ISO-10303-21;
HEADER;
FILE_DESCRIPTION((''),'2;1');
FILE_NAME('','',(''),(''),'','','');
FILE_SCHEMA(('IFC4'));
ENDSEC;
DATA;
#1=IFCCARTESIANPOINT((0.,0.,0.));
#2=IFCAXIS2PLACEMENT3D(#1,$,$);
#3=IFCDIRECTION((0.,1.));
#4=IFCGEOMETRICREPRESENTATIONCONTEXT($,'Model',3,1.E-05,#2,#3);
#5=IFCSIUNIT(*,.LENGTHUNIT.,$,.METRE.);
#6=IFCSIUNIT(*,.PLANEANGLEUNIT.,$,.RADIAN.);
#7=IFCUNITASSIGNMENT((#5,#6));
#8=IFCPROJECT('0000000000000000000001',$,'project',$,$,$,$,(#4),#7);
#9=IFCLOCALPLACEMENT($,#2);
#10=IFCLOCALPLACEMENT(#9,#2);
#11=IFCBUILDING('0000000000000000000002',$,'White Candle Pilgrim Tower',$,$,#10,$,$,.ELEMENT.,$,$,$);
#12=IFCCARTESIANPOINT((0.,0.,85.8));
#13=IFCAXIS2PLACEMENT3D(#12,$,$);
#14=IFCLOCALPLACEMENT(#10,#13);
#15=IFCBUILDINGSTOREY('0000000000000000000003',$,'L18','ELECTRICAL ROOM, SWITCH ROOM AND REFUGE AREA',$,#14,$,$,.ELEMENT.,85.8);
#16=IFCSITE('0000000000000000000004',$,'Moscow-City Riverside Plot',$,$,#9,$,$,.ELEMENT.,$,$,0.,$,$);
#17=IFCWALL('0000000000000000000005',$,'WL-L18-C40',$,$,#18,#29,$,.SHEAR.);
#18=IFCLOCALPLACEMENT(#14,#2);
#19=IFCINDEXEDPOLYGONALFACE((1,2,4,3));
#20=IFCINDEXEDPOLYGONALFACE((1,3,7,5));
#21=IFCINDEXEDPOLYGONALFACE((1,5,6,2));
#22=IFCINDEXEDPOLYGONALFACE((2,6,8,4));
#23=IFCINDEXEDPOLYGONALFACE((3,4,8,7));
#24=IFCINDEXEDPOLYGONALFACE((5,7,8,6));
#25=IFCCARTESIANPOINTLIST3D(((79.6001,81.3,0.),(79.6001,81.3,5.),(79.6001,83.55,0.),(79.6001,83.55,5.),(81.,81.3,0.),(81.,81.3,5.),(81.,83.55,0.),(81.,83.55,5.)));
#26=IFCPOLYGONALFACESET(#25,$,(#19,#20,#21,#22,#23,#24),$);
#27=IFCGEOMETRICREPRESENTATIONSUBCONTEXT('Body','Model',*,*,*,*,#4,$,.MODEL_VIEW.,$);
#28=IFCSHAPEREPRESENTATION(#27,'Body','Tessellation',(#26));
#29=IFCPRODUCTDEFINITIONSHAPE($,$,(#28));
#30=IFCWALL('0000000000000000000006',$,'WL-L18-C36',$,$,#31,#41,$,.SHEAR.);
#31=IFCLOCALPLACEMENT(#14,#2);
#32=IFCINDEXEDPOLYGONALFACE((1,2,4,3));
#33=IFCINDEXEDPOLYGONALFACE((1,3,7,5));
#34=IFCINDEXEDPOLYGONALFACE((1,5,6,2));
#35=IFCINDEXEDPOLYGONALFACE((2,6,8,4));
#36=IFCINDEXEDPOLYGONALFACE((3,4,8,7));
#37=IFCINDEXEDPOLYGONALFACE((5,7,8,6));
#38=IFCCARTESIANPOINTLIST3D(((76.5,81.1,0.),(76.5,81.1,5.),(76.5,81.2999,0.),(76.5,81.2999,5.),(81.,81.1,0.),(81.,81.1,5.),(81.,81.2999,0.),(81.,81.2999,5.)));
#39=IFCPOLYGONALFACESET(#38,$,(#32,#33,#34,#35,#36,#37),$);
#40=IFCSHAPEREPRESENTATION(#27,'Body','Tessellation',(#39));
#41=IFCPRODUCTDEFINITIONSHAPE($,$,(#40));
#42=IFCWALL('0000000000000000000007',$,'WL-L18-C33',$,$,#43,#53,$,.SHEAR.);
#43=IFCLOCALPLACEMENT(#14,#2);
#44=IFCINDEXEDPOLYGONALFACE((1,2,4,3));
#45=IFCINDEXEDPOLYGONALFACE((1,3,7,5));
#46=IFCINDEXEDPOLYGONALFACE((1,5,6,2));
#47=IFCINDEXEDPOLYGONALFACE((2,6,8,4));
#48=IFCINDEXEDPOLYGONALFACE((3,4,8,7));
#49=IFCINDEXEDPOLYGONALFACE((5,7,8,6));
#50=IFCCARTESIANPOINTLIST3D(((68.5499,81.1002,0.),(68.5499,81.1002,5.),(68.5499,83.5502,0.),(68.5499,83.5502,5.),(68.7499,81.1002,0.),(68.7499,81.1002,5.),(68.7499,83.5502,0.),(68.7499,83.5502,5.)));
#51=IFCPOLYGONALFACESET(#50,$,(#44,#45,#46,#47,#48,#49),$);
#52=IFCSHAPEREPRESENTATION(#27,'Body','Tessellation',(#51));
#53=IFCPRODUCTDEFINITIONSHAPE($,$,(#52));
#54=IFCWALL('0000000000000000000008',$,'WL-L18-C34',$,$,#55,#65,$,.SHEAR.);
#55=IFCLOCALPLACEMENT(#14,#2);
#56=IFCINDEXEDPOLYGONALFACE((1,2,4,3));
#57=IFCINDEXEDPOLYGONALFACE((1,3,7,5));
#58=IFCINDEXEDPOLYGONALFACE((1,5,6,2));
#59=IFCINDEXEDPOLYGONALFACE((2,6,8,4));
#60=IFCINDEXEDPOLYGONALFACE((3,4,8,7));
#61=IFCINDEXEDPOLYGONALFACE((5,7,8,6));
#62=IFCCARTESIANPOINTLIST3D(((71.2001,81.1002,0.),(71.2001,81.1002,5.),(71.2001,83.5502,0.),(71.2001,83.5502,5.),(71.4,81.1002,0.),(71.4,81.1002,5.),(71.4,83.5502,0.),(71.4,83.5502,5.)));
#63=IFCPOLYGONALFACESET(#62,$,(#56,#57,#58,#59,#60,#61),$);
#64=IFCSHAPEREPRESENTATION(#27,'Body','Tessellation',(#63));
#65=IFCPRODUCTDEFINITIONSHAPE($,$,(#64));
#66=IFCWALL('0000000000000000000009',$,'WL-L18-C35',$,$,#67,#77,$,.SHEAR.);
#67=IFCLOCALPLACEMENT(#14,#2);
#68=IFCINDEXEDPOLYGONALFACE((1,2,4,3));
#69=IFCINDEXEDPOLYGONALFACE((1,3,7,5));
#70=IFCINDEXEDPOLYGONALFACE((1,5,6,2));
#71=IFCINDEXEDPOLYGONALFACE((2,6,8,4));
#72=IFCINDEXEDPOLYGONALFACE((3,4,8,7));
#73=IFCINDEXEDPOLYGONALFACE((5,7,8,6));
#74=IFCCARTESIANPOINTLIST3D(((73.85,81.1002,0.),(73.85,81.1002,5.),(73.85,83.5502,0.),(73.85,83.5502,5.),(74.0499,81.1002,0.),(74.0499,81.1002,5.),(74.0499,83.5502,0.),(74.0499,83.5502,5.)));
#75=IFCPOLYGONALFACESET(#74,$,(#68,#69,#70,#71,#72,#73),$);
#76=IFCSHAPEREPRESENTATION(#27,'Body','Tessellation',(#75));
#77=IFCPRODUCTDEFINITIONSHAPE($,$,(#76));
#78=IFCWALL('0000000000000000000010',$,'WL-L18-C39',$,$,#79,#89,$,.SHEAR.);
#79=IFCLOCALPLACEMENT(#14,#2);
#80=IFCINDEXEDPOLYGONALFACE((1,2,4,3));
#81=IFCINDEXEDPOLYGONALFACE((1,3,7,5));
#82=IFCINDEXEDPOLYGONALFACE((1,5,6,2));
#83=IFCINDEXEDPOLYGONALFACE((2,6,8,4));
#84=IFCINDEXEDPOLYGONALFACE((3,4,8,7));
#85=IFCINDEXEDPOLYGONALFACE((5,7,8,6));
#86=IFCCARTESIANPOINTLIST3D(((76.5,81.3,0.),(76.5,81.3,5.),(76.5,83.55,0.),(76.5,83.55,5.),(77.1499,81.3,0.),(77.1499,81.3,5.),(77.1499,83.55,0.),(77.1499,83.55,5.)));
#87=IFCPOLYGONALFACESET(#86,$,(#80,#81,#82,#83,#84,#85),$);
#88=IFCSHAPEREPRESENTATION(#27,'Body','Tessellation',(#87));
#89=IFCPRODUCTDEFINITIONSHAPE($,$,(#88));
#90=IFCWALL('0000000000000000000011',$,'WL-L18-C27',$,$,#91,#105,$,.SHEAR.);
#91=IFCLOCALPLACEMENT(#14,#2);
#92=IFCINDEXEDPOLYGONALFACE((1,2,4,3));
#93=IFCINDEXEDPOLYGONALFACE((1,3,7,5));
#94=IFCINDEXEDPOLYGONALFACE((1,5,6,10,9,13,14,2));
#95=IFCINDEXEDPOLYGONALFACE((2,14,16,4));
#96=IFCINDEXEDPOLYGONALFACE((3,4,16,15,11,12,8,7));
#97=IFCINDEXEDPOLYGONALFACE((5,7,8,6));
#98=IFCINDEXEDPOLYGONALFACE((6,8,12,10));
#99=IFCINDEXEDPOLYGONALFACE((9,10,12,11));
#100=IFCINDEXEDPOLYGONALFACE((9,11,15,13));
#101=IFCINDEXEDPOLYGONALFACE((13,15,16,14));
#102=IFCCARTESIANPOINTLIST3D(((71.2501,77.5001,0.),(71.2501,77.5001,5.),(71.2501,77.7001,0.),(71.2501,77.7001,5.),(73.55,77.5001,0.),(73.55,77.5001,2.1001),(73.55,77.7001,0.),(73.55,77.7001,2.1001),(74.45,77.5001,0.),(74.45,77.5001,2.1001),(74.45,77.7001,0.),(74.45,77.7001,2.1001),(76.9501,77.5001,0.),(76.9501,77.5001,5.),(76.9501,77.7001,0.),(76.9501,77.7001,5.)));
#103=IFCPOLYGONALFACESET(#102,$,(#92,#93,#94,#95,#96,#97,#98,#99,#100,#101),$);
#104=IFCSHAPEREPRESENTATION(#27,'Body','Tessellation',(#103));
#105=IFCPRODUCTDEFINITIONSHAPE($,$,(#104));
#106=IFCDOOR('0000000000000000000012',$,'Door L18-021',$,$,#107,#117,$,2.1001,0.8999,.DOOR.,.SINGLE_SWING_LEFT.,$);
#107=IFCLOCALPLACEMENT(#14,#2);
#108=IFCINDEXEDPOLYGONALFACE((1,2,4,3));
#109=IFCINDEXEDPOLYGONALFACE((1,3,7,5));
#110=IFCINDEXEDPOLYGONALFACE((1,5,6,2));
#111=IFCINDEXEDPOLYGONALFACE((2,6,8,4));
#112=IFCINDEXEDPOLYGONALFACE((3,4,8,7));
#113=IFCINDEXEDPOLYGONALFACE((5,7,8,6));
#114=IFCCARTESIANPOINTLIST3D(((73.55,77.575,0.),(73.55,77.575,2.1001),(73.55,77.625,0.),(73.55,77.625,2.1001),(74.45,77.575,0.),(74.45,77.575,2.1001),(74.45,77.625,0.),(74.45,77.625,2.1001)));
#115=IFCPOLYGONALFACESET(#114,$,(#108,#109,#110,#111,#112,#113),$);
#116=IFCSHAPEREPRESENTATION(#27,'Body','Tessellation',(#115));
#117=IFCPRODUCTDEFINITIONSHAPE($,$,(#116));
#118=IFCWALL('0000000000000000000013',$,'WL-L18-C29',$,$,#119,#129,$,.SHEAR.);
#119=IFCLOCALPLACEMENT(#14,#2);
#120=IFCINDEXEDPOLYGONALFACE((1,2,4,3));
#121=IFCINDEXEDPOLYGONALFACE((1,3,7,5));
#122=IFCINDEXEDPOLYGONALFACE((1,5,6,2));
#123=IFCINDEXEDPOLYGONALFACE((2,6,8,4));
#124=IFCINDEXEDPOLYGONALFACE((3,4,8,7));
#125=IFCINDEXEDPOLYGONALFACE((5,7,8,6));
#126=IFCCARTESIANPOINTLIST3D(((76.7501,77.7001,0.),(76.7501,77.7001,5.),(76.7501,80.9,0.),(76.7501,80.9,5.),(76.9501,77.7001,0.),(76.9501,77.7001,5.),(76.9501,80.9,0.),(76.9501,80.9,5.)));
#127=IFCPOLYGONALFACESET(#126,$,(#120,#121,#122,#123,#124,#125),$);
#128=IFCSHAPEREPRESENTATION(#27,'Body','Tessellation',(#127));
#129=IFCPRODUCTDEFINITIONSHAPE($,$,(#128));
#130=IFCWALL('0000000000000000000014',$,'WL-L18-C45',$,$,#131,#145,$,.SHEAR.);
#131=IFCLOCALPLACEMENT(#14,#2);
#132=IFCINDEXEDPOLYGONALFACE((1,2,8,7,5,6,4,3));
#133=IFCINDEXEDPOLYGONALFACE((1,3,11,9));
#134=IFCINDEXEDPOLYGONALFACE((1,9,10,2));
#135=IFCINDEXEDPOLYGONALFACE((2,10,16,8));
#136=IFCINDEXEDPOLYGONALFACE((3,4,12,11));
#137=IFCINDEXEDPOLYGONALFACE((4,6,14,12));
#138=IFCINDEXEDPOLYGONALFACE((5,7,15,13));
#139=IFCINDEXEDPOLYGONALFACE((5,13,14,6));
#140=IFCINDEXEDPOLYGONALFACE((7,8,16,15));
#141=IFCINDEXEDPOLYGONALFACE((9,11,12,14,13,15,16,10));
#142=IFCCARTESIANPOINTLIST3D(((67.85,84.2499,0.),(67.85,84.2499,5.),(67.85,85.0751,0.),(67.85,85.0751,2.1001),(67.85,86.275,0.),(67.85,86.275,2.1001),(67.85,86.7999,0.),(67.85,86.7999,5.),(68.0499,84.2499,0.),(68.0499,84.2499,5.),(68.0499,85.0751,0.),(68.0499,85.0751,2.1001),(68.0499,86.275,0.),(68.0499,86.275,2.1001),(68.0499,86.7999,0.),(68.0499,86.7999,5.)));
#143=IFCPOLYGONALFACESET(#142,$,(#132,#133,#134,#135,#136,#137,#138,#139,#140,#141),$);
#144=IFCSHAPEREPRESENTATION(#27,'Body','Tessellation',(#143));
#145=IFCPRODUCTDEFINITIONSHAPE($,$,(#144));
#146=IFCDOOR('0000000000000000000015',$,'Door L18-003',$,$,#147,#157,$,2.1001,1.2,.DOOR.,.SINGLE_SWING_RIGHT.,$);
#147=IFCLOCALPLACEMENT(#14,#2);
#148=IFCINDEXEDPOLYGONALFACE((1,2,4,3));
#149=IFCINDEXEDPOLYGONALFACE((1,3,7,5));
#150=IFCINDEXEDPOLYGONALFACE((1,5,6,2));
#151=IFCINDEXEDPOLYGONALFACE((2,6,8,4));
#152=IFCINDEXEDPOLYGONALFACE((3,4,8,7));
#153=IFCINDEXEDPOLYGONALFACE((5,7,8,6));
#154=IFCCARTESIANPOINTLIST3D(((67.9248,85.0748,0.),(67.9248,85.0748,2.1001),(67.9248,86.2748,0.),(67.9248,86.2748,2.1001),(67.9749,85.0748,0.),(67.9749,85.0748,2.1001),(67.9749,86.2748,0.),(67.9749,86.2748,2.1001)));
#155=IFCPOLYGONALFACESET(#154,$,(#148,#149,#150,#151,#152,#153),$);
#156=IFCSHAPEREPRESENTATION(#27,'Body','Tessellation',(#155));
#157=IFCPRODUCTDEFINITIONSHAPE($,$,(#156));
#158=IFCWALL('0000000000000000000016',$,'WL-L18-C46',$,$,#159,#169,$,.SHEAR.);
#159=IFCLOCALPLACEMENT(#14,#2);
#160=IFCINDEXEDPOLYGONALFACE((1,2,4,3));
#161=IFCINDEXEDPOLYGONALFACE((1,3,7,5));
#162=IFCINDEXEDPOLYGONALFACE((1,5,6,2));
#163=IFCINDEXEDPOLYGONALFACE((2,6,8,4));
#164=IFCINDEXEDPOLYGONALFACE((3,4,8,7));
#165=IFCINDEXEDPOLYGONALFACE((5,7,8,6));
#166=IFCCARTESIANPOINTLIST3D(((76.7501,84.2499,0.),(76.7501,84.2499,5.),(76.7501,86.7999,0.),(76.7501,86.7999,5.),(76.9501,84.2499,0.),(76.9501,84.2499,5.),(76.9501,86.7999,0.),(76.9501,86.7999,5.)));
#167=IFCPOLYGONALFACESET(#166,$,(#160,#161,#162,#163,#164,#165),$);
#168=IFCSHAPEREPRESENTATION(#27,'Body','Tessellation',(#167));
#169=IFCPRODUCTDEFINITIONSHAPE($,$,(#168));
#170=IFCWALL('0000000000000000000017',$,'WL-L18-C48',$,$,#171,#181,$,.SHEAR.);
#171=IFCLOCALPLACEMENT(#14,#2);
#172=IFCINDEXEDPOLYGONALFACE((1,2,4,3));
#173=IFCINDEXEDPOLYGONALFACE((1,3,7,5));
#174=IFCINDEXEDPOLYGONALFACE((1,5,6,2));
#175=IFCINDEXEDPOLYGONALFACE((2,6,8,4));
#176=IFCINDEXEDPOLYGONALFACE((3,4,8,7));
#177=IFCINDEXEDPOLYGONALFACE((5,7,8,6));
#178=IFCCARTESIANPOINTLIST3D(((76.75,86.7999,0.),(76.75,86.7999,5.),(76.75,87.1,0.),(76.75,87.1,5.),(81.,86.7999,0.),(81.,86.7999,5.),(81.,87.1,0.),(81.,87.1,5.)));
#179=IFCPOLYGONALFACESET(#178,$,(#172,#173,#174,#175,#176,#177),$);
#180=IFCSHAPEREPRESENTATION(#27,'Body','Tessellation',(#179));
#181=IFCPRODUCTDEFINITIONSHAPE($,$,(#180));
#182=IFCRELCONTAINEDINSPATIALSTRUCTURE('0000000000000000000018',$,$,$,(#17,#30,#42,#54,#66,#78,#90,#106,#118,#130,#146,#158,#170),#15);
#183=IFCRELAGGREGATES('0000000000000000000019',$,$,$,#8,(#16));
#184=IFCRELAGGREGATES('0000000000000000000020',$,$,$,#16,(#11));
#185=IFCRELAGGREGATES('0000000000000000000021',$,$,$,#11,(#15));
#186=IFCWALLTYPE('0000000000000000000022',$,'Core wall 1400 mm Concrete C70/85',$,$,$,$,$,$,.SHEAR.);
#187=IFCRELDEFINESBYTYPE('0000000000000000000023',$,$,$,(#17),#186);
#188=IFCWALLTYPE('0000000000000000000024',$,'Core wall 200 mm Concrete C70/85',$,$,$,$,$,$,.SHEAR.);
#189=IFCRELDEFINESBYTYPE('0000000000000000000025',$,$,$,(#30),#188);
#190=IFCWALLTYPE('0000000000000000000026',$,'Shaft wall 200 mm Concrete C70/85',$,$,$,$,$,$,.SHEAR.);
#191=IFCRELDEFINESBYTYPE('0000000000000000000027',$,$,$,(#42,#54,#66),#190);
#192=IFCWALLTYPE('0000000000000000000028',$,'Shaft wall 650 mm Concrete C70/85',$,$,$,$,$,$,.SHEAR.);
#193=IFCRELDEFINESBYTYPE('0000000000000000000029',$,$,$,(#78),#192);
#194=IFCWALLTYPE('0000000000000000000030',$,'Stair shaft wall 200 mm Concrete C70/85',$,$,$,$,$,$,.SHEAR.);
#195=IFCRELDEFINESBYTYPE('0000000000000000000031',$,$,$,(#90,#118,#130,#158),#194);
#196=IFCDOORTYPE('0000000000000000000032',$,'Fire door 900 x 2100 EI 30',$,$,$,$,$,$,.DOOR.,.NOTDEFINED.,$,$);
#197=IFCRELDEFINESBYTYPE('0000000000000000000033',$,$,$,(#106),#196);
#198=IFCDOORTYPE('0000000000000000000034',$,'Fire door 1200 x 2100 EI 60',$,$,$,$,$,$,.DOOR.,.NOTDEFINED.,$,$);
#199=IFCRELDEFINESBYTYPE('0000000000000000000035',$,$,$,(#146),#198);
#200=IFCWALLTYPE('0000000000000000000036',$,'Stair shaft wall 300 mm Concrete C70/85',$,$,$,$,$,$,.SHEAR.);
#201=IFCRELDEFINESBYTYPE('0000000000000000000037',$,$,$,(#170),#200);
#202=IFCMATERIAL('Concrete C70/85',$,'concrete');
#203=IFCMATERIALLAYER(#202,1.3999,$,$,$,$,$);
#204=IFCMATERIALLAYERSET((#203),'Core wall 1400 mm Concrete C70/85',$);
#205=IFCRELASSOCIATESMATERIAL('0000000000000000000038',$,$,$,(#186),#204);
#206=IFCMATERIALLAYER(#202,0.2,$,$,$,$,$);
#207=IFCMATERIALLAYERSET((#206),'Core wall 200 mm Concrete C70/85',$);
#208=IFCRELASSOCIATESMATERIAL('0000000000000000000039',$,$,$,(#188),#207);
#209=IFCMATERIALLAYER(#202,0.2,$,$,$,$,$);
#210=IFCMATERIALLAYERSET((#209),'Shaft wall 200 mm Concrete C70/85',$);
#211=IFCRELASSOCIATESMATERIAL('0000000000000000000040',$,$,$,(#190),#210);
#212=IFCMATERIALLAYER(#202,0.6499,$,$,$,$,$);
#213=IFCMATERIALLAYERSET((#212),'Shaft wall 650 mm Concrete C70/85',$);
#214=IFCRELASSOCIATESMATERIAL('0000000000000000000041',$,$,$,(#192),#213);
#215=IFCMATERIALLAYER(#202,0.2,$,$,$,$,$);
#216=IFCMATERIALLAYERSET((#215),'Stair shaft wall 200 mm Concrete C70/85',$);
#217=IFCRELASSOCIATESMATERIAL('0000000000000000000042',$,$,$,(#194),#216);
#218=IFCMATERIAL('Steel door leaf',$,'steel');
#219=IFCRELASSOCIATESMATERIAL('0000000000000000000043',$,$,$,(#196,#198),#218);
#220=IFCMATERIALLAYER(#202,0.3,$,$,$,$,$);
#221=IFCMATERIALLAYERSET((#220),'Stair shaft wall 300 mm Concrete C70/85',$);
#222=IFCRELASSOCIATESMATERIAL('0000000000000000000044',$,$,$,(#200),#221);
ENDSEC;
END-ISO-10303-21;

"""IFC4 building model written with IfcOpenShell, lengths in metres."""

from ifc_helpers import new_model, si_unit, direction, frame, frame_2d, origin, place, context, subcontext, project, spatial, rectangle, extrude, material, layer, layer_set, type_object, element, fill, save


model = new_model("IFC4")

# Units and contexts
model_context = context("Model", 3, precision=1e-05, world=origin(), true_north=direction((0.0, 1.0)))
body_context = subcontext(model_context, "Body", "Model", "MODEL_VIEW")
ifc_project = project(units=[si_unit("LENGTHUNIT", "METRE"), si_unit("PLANEANGLEUNIT", "RADIAN")], contexts=[model_context])

# Site, building, storey
site_placement = place(None, origin())
site = spatial("IfcSite", under=ifc_project, at=site_placement, Name="Moscow-City Riverside Plot", CompositionType="ELEMENT", RefElevation=0.0)
building_placement = place(site_placement, origin())
building = spatial("IfcBuilding", under=site, at=building_placement, Name="White Candle Pilgrim Tower", CompositionType="ELEMENT")
storey_placement = place(building_placement, frame((0.0, 0.0, 85.8)))
storey = spatial("IfcBuildingStorey", under=building, at=storey_placement, Name="L18", Description="ELECTRICAL ROOM, SWITCH ROOM AND REFUGE AREA", CompositionType="ELEMENT", Elevation=85.8)

# Walls
ifc_material_1 = material(Name="Concrete C70/85", Category="concrete")
ifc_layer_1 = layer(ifc_material_1, 1.3999)
ifc_layer_set_1 = layer_set([ifc_layer_1], Name="Core wall 1400 mm Concrete C70/85")
wall_type_1 = type_object("IfcWallType", Name="Core wall 1400 mm Concrete C70/85", PredefinedType="SHEAR", material=ifc_layer_set_1)
wall_1_placement = place(storey_placement, frame((80.3, 81.3, 0.0), z_axis=(0.0, 0.0, 1.0), x_axis=(0.0, 1.0, 0.0)))
element("IfcWall", 1, at=wall_1_placement, inside=storey, type_object=wall_type_1, Name="WL-L18-C40", PredefinedType="SHEAR", context=body_context, shape_type="SweptSolid", body=[
    extrude(rectangle(XDim=2.25, YDim=1.3999, at=frame_2d((1.125, 0.0))), origin(), (0.0, 0.0, 1.0), 5.0),
])
ifc_layer_2 = layer(ifc_material_1, 0.2)
ifc_layer_set_2 = layer_set([ifc_layer_2], Name="Core wall 200 mm Concrete C70/85")
wall_type_2 = type_object("IfcWallType", Name="Core wall 200 mm Concrete C70/85", PredefinedType="SHEAR", material=ifc_layer_set_2)
wall_2_placement = place(storey_placement, frame((76.5, 81.2, 0.0), z_axis=(0.0, 0.0, 1.0), x_axis=(1.0, 0.0, 0.0)))
element("IfcWall", 2, at=wall_2_placement, inside=storey, type_object=wall_type_2, Name="WL-L18-C36", PredefinedType="SHEAR", context=body_context, shape_type="SweptSolid", body=[
    extrude(rectangle(XDim=4.5, YDim=0.2, at=frame_2d((2.25, 0.0))), origin(), (0.0, 0.0, 1.0), 5.0),
])
ifc_layer_3 = layer(ifc_material_1, 0.2)
ifc_layer_set_3 = layer_set([ifc_layer_3], Name="Shaft wall 200 mm Concrete C70/85")
wall_type_3 = type_object("IfcWallType", Name="Shaft wall 200 mm Concrete C70/85", PredefinedType="SHEAR", material=ifc_layer_set_3)
for number, where, z_axis, x_axis, name in (
    (3, (68.6499, 81.1001, 0.0), (0.0, 0.0, 1.0), (0.0, 1.0, 0.0), "WL-L18-C33"),
    (4, (71.3, 81.1001, 0.0), (0.0, 0.0, 1.0), (0.0, 1.0, 0.0), "WL-L18-C34"),
    (5, (73.95, 81.1001, 0.0), (0.0, 0.0, 1.0), (0.0, 1.0, 0.0), "WL-L18-C35"),
):
    element("IfcWall", number, at=place(storey_placement, frame(where, z_axis=z_axis, x_axis=x_axis)), inside=storey, type_object=wall_type_3, Name=name, PredefinedType="SHEAR", context=body_context, shape_type="SweptSolid", body=[
        extrude(rectangle(XDim=2.45, YDim=0.2, at=frame_2d((1.2251, 0.0))), origin(), (0.0, 0.0, 1.0), 5.0),
    ])
ifc_layer_4 = layer(ifc_material_1, 0.6499)
ifc_layer_set_4 = layer_set([ifc_layer_4], Name="Shaft wall 650 mm Concrete C70/85")
wall_type_4 = type_object("IfcWallType", Name="Shaft wall 650 mm Concrete C70/85", PredefinedType="SHEAR", material=ifc_layer_set_4)
wall_3_placement = place(storey_placement, frame((76.825, 81.3, 0.0), z_axis=(0.0, 0.0, 1.0), x_axis=(0.0, 1.0, 0.0)))
element("IfcWall", 6, at=wall_3_placement, inside=storey, type_object=wall_type_4, Name="WL-L18-C39", PredefinedType="SHEAR", context=body_context, shape_type="SweptSolid", body=[
    extrude(rectangle(XDim=2.25, YDim=0.6499, at=frame_2d((1.125, 0.0))), origin(), (0.0, 0.0, 1.0), 5.0),
])

# Wall, opening, door
ifc_layer_5 = layer(ifc_material_1, 0.2)
ifc_layer_set_5 = layer_set([ifc_layer_5], Name="Stair shaft wall 200 mm Concrete C70/85")
wall_type_5 = type_object("IfcWallType", Name="Stair shaft wall 200 mm Concrete C70/85", PredefinedType="SHEAR", material=ifc_layer_set_5)
wall_4_placement = place(storey_placement, frame((71.25, 77.6001, 0.0), z_axis=(0.0, 0.0, 1.0), x_axis=(1.0, 0.0, 0.0)))
wall_4 = element("IfcWall", 7, at=wall_4_placement, inside=storey, type_object=wall_type_5, Name="WL-L18-C27", PredefinedType="SHEAR", context=body_context, shape_type="SweptSolid", body=[
    extrude(rectangle(XDim=5.7, YDim=0.2, at=frame_2d((2.8501, 0.0))), origin(), (0.0, 0.0, 1.0), 5.0),
])
opening_1_placement = place(wall_4_placement, frame((2.3, 0.0, 0.0)))
opening_1 = element("IfcOpeningElement", 8, at=opening_1_placement, cuts=wall_4, PredefinedType="OPENING", context=body_context, shape_type="SweptSolid", body=[
    extrude(rectangle(XDim=0.8999, YDim=2.1001, at=frame_2d((0.45, 1.05))), frame((0.0, 0.1099, 0.0), z_axis=(0.0, -1.0, 0.0), x_axis=(1.0, 0.0, 0.0)), (0.0, 0.0, 1.0), 0.22),
])
ifc_material_2 = material(Name="Steel door leaf", Category="steel")
door_type_1 = type_object("IfcDoorType", Name="Fire door 900 x 2100 EI 30", OperationType="NOTDEFINED", PredefinedType="DOOR", material=ifc_material_2)
door_1_placement = place(opening_1_placement, origin())
door_1 = element("IfcDoor", 9, at=door_1_placement, inside=storey, type_object=door_type_1, Name="Door L18-021", OperationType="SINGLE_SWING_LEFT", OverallHeight=2.1001, OverallWidth=0.8999, PredefinedType="DOOR", context=body_context, shape_type="SweptSolid", body=[
    extrude(rectangle(XDim=0.8999, YDim=2.1001, at=frame_2d((0.45, 1.05))), frame((0.0, 0.0249, 0.0), z_axis=(0.0, -1.0, 0.0), x_axis=(1.0, 0.0, 0.0)), (0.0, 0.0, 1.0), 0.05),
])
fill(opening_1, door_1)

# Wall
wall_5_placement = place(storey_placement, frame((76.8501, 77.7, 0.0), z_axis=(0.0, 0.0, 1.0), x_axis=(0.0, 1.0, 0.0)))
element("IfcWall", 10, at=wall_5_placement, inside=storey, type_object=wall_type_5, Name="WL-L18-C29", PredefinedType="SHEAR", context=body_context, shape_type="SweptSolid", body=[
    extrude(rectangle(XDim=3.2, YDim=0.2, at=frame_2d((1.6001, 0.0))), origin(), (0.0, 0.0, 1.0), 5.0),
])

# Wall, opening, door
wall_6_placement = place(storey_placement, frame((67.95, 84.25, 0.0), z_axis=(0.0, 0.0, 1.0), x_axis=(0.0, 1.0, 0.0)))
wall_6 = element("IfcWall", 11, at=wall_6_placement, inside=storey, type_object=wall_type_5, Name="WL-L18-C45", PredefinedType="SHEAR", context=body_context, shape_type="SweptSolid", body=[
    extrude(rectangle(XDim=2.55, YDim=0.2, at=frame_2d((1.2749, 0.0))), origin(), (0.0, 0.0, 1.0), 5.0),
])
opening_2_placement = place(wall_6_placement, frame((0.825, 0.0, 0.0)))
opening_2 = element("IfcOpeningElement", 12, at=opening_2_placement, cuts=wall_6, PredefinedType="OPENING", context=body_context, shape_type="SweptSolid", body=[
    extrude(rectangle(XDim=1.2, YDim=2.1001, at=frame_2d((0.6001, 1.05))), frame((0.0, 0.1099, 0.0), z_axis=(0.0, -1.0, 0.0), x_axis=(1.0, 0.0, 0.0)), (0.0, 0.0, 1.0), 0.22),
])
door_type_2 = type_object("IfcDoorType", Name="Fire door 1200 x 2100 EI 60", OperationType="NOTDEFINED", PredefinedType="DOOR", material=ifc_material_2)
door_2_placement = place(opening_2_placement, frame((1.2, 0.0, 0.0), z_axis=(0.0, 0.0, 1.0), x_axis=(-1.0, 0.0, 0.0)))
door_2 = element("IfcDoor", 13, at=door_2_placement, inside=storey, type_object=door_type_2, Name="Door L18-003", OperationType="SINGLE_SWING_RIGHT", OverallHeight=2.1001, OverallWidth=1.2, PredefinedType="DOOR", context=body_context, shape_type="SweptSolid", body=[
    extrude(rectangle(XDim=1.2, YDim=2.1001, at=frame_2d((0.6001, 1.05))), frame((0.0, 0.0249, 0.0), z_axis=(0.0, -1.0, 0.0), x_axis=(1.0, 0.0, 0.0)), (0.0, 0.0, 1.0), 0.05),
])
fill(opening_2, door_2)

# Walls
wall_7_placement = place(storey_placement, frame((76.8501, 84.25, 0.0), z_axis=(0.0, 0.0, 1.0), x_axis=(0.0, 1.0, 0.0)))
element("IfcWall", 14, at=wall_7_placement, inside=storey, type_object=wall_type_5, Name="WL-L18-C46", PredefinedType="SHEAR", context=body_context, shape_type="SweptSolid", body=[
    extrude(rectangle(XDim=2.55, YDim=0.2, at=frame_2d((1.2749, 0.0))), origin(), (0.0, 0.0, 1.0), 5.0),
])
ifc_layer_6 = layer(ifc_material_1, 0.3)
ifc_layer_set_6 = layer_set([ifc_layer_6], Name="Stair shaft wall 300 mm Concrete C70/85")
wall_type_6 = type_object("IfcWallType", Name="Stair shaft wall 300 mm Concrete C70/85", PredefinedType="SHEAR", material=ifc_layer_set_6)
wall_8_placement = place(storey_placement, frame((76.75, 86.95, 0.0), z_axis=(0.0, 0.0, 1.0), x_axis=(1.0, 0.0, 0.0)))
element("IfcWall", 15, at=wall_8_placement, inside=storey, type_object=wall_type_6, Name="WL-L18-C48", PredefinedType="SHEAR", context=body_context, shape_type="SweptSolid", body=[
    extrude(rectangle(XDim=4.25, YDim=0.3, at=frame_2d((2.125, 0.0))), origin(), (0.0, 0.0, 1.0), 5.0),
])

save(model, "model.ifc")
